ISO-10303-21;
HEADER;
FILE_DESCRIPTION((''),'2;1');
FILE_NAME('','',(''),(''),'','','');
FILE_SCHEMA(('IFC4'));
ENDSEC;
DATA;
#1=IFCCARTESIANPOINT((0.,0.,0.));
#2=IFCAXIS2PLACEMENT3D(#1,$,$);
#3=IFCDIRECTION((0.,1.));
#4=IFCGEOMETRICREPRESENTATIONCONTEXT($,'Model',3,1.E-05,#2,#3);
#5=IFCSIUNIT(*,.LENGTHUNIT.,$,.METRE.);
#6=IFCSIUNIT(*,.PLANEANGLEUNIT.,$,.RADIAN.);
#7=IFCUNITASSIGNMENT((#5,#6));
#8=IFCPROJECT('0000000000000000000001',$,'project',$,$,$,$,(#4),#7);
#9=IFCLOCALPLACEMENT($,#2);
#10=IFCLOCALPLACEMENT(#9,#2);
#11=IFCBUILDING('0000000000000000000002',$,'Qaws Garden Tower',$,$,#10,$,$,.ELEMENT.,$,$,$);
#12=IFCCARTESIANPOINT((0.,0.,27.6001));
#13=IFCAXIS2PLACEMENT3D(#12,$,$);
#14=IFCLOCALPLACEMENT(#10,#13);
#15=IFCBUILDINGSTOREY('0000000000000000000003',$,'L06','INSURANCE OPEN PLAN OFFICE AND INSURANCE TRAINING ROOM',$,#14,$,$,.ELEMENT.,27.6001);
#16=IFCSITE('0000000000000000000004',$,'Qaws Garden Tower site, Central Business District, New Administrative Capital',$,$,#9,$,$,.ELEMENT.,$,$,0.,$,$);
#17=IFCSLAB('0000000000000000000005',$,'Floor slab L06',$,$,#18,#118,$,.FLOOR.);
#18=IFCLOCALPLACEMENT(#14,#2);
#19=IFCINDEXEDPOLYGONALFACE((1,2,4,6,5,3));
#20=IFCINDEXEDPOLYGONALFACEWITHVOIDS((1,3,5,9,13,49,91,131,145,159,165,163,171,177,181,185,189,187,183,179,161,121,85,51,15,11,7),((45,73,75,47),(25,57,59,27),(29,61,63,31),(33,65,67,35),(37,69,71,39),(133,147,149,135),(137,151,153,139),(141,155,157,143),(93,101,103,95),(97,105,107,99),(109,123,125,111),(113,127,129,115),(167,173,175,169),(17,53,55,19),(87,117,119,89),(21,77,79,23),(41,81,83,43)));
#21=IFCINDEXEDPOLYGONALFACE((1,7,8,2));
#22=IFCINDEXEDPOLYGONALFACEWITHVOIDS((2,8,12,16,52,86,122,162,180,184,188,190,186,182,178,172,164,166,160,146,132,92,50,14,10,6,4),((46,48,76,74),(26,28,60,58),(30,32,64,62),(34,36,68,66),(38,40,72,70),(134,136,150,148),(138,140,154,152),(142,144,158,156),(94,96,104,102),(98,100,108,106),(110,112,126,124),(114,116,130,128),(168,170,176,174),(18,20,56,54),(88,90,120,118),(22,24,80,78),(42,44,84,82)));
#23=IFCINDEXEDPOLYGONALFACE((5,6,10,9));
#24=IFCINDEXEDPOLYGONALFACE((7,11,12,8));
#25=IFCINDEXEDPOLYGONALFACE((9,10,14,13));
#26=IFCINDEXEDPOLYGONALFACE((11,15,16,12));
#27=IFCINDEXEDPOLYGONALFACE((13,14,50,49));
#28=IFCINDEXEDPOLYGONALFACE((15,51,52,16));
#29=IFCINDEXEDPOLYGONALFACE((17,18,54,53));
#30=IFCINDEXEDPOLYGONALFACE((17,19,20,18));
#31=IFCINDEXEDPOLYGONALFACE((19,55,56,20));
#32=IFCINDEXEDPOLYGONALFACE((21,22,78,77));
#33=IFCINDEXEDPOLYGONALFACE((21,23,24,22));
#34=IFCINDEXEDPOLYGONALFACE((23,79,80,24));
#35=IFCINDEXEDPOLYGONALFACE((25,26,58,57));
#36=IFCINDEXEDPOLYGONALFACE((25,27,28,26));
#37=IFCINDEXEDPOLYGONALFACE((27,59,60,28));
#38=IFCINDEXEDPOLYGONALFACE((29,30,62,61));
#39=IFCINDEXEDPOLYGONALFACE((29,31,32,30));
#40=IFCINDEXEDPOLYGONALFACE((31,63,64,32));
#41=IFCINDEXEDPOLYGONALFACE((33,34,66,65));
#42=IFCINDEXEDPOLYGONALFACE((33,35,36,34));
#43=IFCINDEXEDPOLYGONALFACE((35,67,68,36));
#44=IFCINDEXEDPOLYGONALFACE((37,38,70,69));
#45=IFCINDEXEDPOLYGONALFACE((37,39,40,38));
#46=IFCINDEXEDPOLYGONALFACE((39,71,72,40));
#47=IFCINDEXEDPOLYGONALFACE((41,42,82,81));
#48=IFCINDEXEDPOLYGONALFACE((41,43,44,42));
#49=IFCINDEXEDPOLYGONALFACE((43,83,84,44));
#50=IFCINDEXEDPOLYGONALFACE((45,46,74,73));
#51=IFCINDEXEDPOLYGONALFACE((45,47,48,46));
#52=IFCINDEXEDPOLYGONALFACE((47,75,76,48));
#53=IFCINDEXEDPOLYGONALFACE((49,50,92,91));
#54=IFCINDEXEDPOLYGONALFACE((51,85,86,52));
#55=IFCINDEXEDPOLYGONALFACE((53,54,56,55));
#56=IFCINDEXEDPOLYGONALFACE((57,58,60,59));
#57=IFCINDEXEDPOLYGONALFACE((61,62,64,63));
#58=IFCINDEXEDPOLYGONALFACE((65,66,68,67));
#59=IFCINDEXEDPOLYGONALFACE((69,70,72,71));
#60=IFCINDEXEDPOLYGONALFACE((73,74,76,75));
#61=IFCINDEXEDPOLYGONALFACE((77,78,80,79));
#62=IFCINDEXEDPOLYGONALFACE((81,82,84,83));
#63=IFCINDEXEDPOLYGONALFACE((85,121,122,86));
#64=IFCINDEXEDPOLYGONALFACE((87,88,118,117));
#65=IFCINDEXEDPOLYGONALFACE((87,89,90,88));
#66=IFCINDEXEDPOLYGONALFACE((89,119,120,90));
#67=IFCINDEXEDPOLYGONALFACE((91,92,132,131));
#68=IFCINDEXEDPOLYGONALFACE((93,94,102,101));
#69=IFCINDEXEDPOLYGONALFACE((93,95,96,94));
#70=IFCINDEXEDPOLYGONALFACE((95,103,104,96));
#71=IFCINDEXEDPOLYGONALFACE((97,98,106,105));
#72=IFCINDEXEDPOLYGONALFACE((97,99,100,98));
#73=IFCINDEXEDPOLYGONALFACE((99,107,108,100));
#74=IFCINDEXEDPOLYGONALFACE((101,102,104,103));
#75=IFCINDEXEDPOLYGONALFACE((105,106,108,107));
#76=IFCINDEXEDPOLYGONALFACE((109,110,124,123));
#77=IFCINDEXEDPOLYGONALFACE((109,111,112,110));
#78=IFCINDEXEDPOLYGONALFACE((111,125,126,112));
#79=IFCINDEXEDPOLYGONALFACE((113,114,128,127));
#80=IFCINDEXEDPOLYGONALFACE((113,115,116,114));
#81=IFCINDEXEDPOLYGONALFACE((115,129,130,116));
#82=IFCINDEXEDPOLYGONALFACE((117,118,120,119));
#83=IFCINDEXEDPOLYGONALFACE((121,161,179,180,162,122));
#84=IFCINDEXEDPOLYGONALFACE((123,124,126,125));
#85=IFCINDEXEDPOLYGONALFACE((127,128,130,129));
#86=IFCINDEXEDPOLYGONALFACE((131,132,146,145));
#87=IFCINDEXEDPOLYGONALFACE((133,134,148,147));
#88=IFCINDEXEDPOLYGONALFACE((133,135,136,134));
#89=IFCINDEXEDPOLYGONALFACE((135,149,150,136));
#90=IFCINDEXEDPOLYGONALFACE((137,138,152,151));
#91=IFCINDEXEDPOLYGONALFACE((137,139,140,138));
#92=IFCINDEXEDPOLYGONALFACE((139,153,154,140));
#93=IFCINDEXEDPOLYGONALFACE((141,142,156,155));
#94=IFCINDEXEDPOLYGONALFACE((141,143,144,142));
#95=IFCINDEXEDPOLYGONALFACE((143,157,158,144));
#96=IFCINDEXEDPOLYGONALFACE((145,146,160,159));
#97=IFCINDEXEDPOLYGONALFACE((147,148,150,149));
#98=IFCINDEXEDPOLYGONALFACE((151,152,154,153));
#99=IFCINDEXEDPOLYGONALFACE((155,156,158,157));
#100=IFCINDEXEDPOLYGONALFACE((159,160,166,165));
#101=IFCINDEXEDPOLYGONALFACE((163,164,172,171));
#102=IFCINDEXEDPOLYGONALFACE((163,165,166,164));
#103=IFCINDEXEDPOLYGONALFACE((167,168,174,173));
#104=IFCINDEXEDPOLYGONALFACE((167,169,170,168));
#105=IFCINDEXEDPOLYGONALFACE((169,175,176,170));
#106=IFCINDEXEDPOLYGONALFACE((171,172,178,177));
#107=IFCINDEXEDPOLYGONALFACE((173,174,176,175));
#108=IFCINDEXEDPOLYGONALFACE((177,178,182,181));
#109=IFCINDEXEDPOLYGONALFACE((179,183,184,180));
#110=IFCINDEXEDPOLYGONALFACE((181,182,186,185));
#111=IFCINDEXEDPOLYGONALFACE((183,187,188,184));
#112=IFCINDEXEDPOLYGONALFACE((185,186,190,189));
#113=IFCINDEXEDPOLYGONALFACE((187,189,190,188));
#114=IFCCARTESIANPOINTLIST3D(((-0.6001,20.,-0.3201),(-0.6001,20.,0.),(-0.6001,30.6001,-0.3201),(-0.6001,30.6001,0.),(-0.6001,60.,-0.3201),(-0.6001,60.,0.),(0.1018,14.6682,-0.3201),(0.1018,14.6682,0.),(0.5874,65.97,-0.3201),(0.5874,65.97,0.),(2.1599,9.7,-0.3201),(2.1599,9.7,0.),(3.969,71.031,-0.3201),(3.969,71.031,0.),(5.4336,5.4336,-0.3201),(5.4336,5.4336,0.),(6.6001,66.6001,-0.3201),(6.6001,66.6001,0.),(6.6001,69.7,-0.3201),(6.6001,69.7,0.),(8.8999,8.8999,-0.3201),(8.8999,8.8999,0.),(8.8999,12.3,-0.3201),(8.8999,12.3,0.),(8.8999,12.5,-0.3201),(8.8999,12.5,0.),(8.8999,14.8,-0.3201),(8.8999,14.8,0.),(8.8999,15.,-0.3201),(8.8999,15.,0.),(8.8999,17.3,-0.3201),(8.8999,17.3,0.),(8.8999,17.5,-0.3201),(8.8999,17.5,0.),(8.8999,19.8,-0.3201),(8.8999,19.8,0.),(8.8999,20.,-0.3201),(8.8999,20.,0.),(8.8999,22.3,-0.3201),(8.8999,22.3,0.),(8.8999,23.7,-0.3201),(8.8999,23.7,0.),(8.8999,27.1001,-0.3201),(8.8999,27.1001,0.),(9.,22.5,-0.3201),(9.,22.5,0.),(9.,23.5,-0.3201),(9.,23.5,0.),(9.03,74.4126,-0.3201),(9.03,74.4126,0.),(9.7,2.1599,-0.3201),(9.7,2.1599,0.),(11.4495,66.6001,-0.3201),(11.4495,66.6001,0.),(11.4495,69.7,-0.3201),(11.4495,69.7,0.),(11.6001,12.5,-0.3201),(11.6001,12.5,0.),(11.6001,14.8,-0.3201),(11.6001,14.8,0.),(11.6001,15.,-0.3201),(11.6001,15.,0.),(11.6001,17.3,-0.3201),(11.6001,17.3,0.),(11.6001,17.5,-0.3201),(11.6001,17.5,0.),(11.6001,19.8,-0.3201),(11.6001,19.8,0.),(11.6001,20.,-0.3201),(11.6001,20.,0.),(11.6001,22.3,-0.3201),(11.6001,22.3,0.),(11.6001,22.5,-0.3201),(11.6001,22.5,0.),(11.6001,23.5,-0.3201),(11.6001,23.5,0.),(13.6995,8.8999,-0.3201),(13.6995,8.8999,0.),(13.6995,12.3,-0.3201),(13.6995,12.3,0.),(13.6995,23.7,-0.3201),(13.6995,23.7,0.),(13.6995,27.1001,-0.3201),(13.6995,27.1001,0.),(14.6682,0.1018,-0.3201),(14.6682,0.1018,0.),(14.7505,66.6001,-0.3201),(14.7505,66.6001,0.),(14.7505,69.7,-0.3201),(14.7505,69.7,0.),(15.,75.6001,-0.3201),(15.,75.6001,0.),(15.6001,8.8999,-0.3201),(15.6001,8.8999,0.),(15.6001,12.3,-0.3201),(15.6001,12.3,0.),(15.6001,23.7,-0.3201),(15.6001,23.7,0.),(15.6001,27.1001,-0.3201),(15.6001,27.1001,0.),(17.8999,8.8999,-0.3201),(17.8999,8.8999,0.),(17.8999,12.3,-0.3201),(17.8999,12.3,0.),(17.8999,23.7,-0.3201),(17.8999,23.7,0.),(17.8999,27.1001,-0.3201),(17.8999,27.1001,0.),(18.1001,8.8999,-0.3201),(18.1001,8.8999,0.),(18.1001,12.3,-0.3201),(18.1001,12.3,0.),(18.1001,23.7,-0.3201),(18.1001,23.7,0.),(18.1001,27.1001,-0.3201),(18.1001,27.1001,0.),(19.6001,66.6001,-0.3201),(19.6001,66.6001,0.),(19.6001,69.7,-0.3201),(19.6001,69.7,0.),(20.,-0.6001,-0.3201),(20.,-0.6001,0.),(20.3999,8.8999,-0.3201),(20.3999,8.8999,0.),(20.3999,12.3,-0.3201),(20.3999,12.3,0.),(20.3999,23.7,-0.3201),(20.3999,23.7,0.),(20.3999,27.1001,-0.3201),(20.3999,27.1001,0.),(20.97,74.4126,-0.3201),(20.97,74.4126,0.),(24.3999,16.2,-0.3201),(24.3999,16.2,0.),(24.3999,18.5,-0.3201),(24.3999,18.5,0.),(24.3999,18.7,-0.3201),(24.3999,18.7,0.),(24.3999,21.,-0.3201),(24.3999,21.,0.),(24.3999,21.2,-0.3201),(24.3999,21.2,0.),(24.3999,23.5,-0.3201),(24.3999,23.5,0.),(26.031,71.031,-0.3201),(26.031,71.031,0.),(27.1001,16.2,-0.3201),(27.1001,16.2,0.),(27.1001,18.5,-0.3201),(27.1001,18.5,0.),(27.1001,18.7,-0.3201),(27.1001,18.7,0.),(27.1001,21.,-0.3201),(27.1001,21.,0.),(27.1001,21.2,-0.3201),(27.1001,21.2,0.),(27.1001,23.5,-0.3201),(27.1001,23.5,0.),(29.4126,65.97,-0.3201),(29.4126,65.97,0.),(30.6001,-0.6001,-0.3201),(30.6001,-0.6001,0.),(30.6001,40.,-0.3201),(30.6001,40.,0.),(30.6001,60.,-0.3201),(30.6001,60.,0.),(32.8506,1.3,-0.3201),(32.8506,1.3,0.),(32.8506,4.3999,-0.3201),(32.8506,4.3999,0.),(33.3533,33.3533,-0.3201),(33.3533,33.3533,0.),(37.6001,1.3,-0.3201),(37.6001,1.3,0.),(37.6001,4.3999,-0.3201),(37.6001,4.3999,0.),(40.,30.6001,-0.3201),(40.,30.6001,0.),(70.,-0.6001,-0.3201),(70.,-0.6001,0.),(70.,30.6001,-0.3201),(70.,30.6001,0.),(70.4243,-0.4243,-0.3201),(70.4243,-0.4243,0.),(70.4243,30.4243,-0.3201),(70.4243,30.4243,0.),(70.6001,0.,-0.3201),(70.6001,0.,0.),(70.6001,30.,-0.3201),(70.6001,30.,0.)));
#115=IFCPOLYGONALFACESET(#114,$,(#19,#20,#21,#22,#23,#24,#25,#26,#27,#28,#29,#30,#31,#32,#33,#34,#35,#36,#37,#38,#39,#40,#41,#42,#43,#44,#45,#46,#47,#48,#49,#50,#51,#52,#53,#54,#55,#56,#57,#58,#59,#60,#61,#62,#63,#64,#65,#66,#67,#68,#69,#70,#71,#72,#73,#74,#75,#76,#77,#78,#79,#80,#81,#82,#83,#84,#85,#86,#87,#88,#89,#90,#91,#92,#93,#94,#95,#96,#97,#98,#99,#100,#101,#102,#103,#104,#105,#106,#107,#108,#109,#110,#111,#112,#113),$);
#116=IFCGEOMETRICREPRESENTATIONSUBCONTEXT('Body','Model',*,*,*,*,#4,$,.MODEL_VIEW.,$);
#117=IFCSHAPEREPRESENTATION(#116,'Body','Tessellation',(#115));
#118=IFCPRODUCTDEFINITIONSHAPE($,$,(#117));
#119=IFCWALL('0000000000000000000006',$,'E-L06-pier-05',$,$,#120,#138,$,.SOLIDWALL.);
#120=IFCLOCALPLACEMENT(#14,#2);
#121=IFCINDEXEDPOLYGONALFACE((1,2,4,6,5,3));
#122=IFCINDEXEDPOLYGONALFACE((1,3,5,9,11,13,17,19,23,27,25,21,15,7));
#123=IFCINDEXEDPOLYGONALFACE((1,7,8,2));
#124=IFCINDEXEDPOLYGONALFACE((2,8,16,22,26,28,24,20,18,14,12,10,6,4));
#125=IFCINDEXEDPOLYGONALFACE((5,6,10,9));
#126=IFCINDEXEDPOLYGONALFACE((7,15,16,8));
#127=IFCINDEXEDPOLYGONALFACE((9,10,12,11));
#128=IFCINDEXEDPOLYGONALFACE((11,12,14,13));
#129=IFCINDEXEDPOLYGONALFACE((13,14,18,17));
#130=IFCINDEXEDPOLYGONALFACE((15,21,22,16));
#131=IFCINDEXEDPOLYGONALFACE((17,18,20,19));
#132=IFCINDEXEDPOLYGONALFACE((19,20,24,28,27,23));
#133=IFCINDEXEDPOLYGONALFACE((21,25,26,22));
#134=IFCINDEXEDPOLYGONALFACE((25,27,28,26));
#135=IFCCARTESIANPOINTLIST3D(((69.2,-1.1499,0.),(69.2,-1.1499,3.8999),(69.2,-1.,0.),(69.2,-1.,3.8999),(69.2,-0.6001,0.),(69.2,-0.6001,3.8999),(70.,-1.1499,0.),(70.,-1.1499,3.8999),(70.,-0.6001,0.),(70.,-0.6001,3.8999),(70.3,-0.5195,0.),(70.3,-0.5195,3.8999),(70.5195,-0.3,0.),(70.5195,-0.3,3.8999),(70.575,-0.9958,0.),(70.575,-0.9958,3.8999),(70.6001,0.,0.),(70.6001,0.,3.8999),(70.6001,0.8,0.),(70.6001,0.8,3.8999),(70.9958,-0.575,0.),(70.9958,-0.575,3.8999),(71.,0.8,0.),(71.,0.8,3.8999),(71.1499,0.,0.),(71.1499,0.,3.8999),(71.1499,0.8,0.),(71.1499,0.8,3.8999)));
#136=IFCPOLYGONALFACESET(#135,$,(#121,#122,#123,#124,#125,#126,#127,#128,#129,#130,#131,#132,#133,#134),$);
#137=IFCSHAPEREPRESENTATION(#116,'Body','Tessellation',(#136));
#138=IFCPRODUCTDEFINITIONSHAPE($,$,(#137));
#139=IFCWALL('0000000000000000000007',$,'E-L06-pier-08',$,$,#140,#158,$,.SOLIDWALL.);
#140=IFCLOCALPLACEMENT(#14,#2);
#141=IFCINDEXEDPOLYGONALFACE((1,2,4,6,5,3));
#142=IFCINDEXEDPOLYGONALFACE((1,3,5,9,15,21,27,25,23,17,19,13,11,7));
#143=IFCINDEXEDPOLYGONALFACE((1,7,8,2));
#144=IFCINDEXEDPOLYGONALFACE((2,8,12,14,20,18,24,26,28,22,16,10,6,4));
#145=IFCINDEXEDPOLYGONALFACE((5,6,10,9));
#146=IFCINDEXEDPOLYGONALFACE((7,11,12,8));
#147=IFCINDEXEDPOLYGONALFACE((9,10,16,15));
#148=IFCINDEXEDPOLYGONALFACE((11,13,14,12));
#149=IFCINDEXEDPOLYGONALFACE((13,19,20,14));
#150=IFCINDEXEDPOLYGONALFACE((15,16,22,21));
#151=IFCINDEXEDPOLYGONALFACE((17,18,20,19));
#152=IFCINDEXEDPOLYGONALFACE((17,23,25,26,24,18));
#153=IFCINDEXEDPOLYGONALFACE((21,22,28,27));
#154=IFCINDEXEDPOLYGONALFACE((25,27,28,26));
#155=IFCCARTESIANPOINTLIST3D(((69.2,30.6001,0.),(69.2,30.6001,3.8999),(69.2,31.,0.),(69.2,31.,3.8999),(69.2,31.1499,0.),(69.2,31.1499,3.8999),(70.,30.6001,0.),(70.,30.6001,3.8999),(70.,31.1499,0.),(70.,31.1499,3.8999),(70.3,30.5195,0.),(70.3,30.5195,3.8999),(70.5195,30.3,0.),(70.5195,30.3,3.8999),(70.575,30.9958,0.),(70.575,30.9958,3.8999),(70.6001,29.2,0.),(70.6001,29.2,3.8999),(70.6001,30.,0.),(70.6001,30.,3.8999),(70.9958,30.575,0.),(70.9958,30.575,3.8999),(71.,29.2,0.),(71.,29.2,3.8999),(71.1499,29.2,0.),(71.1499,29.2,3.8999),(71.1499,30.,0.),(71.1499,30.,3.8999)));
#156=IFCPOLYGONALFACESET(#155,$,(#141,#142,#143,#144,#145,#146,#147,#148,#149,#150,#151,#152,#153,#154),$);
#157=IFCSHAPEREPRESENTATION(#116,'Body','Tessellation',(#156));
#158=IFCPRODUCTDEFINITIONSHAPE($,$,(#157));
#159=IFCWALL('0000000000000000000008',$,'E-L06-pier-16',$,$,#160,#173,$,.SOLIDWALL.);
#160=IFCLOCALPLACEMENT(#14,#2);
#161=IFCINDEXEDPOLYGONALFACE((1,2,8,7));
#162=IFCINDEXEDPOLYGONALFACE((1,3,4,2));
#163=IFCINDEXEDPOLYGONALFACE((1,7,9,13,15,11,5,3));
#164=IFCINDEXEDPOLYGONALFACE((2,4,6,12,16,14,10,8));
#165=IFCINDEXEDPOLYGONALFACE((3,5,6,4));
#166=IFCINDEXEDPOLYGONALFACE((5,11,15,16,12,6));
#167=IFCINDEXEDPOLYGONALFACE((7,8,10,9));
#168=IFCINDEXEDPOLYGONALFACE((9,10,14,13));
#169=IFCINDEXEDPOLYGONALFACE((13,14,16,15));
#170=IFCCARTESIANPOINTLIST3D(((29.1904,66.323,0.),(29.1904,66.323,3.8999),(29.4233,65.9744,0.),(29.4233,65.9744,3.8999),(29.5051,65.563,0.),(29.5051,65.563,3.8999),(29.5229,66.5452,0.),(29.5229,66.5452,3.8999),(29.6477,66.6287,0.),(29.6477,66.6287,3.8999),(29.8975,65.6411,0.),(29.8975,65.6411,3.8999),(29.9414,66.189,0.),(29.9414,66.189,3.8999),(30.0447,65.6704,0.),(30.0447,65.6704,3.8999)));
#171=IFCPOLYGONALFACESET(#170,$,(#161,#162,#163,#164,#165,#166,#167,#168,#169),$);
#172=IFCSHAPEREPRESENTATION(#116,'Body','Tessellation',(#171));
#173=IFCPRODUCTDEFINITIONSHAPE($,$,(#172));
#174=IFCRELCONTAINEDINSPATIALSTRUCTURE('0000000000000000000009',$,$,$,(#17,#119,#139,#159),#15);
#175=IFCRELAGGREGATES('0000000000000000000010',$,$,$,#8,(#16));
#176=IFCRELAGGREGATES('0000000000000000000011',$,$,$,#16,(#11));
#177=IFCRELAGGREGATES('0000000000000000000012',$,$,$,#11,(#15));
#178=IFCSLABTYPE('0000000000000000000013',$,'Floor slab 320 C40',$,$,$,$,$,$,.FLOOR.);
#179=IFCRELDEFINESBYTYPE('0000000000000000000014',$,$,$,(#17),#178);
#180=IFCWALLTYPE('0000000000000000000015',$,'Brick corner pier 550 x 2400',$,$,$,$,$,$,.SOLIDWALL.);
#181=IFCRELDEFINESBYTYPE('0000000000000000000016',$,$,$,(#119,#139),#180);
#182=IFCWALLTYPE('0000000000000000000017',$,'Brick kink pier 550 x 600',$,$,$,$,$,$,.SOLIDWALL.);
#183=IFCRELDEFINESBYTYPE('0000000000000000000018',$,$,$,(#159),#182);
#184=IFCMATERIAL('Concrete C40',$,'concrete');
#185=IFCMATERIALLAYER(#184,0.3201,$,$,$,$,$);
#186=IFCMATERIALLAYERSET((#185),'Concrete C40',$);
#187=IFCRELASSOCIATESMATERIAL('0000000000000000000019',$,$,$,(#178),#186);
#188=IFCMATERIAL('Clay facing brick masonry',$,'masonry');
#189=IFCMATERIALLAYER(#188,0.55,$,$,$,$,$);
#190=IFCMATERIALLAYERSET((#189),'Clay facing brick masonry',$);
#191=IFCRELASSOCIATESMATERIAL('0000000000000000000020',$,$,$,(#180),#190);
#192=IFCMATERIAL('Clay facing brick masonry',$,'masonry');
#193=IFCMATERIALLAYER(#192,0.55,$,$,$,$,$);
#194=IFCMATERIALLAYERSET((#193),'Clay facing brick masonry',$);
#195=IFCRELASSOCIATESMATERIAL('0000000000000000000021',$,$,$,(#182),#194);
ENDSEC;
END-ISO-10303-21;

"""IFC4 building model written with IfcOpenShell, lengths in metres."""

from ifc_helpers import new_model, si_unit, direction, frame, origin, place, context, subcontext, project, spatial, polyline, outline, extrude, material, layer, layer_set, type_object, element, save


model = new_model("IFC4")

# Units and contexts
model_context = context("Model", 3, precision=1e-05, world=origin(), true_north=direction((0.0, 1.0)))
body_context = subcontext(model_context, "Body", "Model", "MODEL_VIEW")
ifc_project = project(units=[si_unit("LENGTHUNIT", "METRE"), si_unit("PLANEANGLEUNIT", "RADIAN")], contexts=[model_context])

# Site, building, storey
site_placement = place(None, origin())
site = spatial("IfcSite", under=ifc_project, at=site_placement, Name="Qaws Garden Tower site, Central Business District, New Administrative Capital", CompositionType="ELEMENT", RefElevation=0.0)
building_placement = place(site_placement, origin())
building = spatial("IfcBuilding", under=site, at=building_placement, Name="Qaws Garden Tower", CompositionType="ELEMENT")
storey_placement = place(building_placement, frame((0.0, 0.0, 27.6001)))
storey = spatial("IfcBuildingStorey", under=building, at=storey_placement, Name="L06", Description="INSURANCE OPEN PLAN OFFICE AND INSURANCE TRAINING ROOM", CompositionType="ELEMENT", Elevation=27.6001)

# Slab
ifc_material_1 = material(Name="Concrete C40", Category="concrete")
ifc_layer_1 = layer(ifc_material_1, 0.3201)
ifc_layer_set_1 = layer_set([ifc_layer_1], Name="Concrete C40")
slab_type = type_object("IfcSlabType", Name="Floor slab 320 C40", PredefinedType="FLOOR", material=ifc_layer_set_1)
slab_placement = place(storey_placement, frame((0.0, 0.0, -0.3201)))
element("IfcSlab", 1, at=slab_placement, inside=storey, type_object=slab_type, Name="Floor slab L06", PredefinedType="FLOOR", context=body_context, shape_type="SweptSolid", body=[
    extrude(outline(polyline([(0.1018, 14.6682), (-0.6001, 20.0), (-0.6001, 30.6001), (-0.6001, 60.0), (-0.6001, 60.0), (0.5874, 65.97), (3.969, 71.031), (9.03, 74.4126), (15.0, 75.6001), (20.97, 74.4126), (26.031, 71.031), (29.4126, 65.97), (30.6001, 60.0), (30.6001, 40.0), (33.3533, 33.3533), (40.0, 30.6001), (70.0, 30.6001), (70.4243, 30.4243), (70.6001, 30.0), (70.6001, 0.0), (70.4243, -0.4243), (70.0, -0.6001), (30.6001, -0.6001), (20.0, -0.6001), (14.6682, 0.1018), (9.7, 2.1599), (5.4336, 5.4336), (2.1599, 9.7), (0.1018, 14.6682)]), holes=[polyline([(13.6995, 12.3), (8.8999, 12.3), (8.8999, 8.8999), (13.6995, 8.8999), (13.6995, 12.3)]), polyline([(17.8999, 12.3), (15.6001, 12.3), (15.6001, 8.8999), (17.8999, 8.8999), (17.8999, 12.3)]), polyline([(11.6001, 14.8), (8.8999, 14.8), (8.8999, 12.5), (11.6001, 12.5), (11.6001, 14.8)]), polyline([(11.6001, 17.3), (8.8999, 17.3), (8.8999, 15.0), (11.6001, 15.0), (11.6001, 17.3)]), polyline([(11.6001, 19.8), (8.8999, 19.8), (8.8999, 17.5), (11.6001, 17.5), (11.6001, 19.8)]), polyline([(11.6001, 22.3), (8.8999, 22.3), (8.8999, 20.0), (11.6001, 20.0), (11.6001, 22.3)]), polyline([(11.6001, 23.5), (9.0, 23.5), (9.0, 22.5), (11.6001, 22.5), (11.6001, 23.5)]), polyline([(13.6995, 27.1001), (8.8999, 27.1001), (8.8999, 23.7), (13.6995, 23.7), (13.6995, 27.1001)]), polyline([(11.4495, 69.7), (6.6001, 69.7), (6.6001, 66.6001), (11.4495, 66.6001), (11.4495, 69.7)]), polyline([(37.6001, 4.3999), (32.8506, 4.3999), (32.8506, 1.3), (37.6001, 1.3), (37.6001, 4.3999)]), polyline([(20.3999, 12.3), (18.1001, 12.3), (18.1001, 8.8999), (20.3999, 8.8999), (20.3999, 12.3)]), polyline([(27.1001, 18.5), (24.3999, 18.5), (24.3999, 16.2), (27.1001, 16.2), (27.1001, 18.5)]), polyline([(27.1001, 21.0), (24.3999, 21.0), (24.3999, 18.7), (27.1001, 18.7), (27.1001, 21.0)]), polyline([(27.1001, 23.5), (24.3999, 23.5), (24.3999, 21.2), (27.1001, 21.2), (27.1001, 23.5)]), polyline([(17.8999, 27.1001), (15.6001, 27.1001), (15.6001, 23.7), (17.8999, 23.7), (17.8999, 27.1001)]), polyline([(20.3999, 23.7), (20.3999, 27.1001), (18.1001, 27.1001), (18.1001, 23.7), (20.3999, 23.7)]), polyline([(19.6001, 66.6001), (19.6001, 69.7), (14.7505, 69.7), (14.7505, 66.6001), (19.6001, 66.6001)])]), origin(), (0.0, 0.0, 1.0), 0.3201),
])

# Walls
ifc_material_2 = material(Name="Clay facing brick masonry", Category="masonry")
ifc_layer_2 = layer(ifc_material_2, 0.55)
ifc_layer_set_2 = layer_set([ifc_layer_2], Name="Clay facing brick masonry")
wall_type_1 = type_object("IfcWallType", Name="Brick corner pier 550 x 2400", PredefinedType="SOLIDWALL", material=ifc_layer_set_2)
placement = place(storey_placement, origin())
element("IfcWall", 2, at=placement, inside=storey, type_object=wall_type_1, Name="E-L06-pier-05", PredefinedType="SOLIDWALL", context=body_context, shape_type="SweptSolid", body=[
    extrude(outline(polyline([(69.2, -1.0), (69.2, -1.1499), (70.0, -1.1499), (70.575, -0.9958), (70.9958, -0.575), (71.1499, 0.0), (71.1499, 0.8), (71.0, 0.8), (70.6001, 0.8), (70.6001, 0.0), (70.5195, -0.3), (70.3, -0.5195), (70.0, -0.6001), (69.2, -0.6001), (69.2, -1.0)])), origin(), (0.0, 0.0, 1.0), 3.8999),
])
element("IfcWall", 3, at=placement, inside=storey, type_object=wall_type_1, Name="E-L06-pier-08", PredefinedType="SOLIDWALL", context=body_context, shape_type="SweptSolid", body=[
    extrude(outline(polyline([(71.0, 29.2), (71.1499, 29.2), (71.1499, 30.0), (70.9958, 30.575), (70.575, 30.9958), (70.0, 31.1499), (69.2, 31.1499), (69.2, 31.0), (69.2, 30.6001), (70.0, 30.6001), (70.3, 30.5195), (70.5195, 30.3), (70.6001, 30.0), (70.6001, 29.2), (71.0, 29.2)])), origin(), (0.0, 0.0, 1.0), 3.8999),
])
ifc_material_3 = material(Name="Clay facing brick masonry", Category="masonry")
ifc_layer_3 = layer(ifc_material_3, 0.55)
ifc_layer_set_3 = layer_set([ifc_layer_3], Name="Clay facing brick masonry")
wall_type_2 = type_object("IfcWallType", Name="Brick kink pier 550 x 600", PredefinedType="SOLIDWALL", material=ifc_layer_set_3)
element("IfcWall", 4, at=placement, inside=storey, type_object=wall_type_2, Name="E-L06-pier-16", PredefinedType="SOLIDWALL", context=body_context, shape_type="SweptSolid", body=[
    extrude(outline(polyline([(29.8975, 65.6411), (30.0447, 65.6704), (29.9414, 66.189), (29.6477, 66.6287), (29.5229, 66.5452), (29.1904, 66.323), (29.4233, 65.9744), (29.5051, 65.563), (29.8975, 65.6411)])), origin(), (0.0, 0.0, 1.0), 3.8999),
])

save(model, "model.ifc")
